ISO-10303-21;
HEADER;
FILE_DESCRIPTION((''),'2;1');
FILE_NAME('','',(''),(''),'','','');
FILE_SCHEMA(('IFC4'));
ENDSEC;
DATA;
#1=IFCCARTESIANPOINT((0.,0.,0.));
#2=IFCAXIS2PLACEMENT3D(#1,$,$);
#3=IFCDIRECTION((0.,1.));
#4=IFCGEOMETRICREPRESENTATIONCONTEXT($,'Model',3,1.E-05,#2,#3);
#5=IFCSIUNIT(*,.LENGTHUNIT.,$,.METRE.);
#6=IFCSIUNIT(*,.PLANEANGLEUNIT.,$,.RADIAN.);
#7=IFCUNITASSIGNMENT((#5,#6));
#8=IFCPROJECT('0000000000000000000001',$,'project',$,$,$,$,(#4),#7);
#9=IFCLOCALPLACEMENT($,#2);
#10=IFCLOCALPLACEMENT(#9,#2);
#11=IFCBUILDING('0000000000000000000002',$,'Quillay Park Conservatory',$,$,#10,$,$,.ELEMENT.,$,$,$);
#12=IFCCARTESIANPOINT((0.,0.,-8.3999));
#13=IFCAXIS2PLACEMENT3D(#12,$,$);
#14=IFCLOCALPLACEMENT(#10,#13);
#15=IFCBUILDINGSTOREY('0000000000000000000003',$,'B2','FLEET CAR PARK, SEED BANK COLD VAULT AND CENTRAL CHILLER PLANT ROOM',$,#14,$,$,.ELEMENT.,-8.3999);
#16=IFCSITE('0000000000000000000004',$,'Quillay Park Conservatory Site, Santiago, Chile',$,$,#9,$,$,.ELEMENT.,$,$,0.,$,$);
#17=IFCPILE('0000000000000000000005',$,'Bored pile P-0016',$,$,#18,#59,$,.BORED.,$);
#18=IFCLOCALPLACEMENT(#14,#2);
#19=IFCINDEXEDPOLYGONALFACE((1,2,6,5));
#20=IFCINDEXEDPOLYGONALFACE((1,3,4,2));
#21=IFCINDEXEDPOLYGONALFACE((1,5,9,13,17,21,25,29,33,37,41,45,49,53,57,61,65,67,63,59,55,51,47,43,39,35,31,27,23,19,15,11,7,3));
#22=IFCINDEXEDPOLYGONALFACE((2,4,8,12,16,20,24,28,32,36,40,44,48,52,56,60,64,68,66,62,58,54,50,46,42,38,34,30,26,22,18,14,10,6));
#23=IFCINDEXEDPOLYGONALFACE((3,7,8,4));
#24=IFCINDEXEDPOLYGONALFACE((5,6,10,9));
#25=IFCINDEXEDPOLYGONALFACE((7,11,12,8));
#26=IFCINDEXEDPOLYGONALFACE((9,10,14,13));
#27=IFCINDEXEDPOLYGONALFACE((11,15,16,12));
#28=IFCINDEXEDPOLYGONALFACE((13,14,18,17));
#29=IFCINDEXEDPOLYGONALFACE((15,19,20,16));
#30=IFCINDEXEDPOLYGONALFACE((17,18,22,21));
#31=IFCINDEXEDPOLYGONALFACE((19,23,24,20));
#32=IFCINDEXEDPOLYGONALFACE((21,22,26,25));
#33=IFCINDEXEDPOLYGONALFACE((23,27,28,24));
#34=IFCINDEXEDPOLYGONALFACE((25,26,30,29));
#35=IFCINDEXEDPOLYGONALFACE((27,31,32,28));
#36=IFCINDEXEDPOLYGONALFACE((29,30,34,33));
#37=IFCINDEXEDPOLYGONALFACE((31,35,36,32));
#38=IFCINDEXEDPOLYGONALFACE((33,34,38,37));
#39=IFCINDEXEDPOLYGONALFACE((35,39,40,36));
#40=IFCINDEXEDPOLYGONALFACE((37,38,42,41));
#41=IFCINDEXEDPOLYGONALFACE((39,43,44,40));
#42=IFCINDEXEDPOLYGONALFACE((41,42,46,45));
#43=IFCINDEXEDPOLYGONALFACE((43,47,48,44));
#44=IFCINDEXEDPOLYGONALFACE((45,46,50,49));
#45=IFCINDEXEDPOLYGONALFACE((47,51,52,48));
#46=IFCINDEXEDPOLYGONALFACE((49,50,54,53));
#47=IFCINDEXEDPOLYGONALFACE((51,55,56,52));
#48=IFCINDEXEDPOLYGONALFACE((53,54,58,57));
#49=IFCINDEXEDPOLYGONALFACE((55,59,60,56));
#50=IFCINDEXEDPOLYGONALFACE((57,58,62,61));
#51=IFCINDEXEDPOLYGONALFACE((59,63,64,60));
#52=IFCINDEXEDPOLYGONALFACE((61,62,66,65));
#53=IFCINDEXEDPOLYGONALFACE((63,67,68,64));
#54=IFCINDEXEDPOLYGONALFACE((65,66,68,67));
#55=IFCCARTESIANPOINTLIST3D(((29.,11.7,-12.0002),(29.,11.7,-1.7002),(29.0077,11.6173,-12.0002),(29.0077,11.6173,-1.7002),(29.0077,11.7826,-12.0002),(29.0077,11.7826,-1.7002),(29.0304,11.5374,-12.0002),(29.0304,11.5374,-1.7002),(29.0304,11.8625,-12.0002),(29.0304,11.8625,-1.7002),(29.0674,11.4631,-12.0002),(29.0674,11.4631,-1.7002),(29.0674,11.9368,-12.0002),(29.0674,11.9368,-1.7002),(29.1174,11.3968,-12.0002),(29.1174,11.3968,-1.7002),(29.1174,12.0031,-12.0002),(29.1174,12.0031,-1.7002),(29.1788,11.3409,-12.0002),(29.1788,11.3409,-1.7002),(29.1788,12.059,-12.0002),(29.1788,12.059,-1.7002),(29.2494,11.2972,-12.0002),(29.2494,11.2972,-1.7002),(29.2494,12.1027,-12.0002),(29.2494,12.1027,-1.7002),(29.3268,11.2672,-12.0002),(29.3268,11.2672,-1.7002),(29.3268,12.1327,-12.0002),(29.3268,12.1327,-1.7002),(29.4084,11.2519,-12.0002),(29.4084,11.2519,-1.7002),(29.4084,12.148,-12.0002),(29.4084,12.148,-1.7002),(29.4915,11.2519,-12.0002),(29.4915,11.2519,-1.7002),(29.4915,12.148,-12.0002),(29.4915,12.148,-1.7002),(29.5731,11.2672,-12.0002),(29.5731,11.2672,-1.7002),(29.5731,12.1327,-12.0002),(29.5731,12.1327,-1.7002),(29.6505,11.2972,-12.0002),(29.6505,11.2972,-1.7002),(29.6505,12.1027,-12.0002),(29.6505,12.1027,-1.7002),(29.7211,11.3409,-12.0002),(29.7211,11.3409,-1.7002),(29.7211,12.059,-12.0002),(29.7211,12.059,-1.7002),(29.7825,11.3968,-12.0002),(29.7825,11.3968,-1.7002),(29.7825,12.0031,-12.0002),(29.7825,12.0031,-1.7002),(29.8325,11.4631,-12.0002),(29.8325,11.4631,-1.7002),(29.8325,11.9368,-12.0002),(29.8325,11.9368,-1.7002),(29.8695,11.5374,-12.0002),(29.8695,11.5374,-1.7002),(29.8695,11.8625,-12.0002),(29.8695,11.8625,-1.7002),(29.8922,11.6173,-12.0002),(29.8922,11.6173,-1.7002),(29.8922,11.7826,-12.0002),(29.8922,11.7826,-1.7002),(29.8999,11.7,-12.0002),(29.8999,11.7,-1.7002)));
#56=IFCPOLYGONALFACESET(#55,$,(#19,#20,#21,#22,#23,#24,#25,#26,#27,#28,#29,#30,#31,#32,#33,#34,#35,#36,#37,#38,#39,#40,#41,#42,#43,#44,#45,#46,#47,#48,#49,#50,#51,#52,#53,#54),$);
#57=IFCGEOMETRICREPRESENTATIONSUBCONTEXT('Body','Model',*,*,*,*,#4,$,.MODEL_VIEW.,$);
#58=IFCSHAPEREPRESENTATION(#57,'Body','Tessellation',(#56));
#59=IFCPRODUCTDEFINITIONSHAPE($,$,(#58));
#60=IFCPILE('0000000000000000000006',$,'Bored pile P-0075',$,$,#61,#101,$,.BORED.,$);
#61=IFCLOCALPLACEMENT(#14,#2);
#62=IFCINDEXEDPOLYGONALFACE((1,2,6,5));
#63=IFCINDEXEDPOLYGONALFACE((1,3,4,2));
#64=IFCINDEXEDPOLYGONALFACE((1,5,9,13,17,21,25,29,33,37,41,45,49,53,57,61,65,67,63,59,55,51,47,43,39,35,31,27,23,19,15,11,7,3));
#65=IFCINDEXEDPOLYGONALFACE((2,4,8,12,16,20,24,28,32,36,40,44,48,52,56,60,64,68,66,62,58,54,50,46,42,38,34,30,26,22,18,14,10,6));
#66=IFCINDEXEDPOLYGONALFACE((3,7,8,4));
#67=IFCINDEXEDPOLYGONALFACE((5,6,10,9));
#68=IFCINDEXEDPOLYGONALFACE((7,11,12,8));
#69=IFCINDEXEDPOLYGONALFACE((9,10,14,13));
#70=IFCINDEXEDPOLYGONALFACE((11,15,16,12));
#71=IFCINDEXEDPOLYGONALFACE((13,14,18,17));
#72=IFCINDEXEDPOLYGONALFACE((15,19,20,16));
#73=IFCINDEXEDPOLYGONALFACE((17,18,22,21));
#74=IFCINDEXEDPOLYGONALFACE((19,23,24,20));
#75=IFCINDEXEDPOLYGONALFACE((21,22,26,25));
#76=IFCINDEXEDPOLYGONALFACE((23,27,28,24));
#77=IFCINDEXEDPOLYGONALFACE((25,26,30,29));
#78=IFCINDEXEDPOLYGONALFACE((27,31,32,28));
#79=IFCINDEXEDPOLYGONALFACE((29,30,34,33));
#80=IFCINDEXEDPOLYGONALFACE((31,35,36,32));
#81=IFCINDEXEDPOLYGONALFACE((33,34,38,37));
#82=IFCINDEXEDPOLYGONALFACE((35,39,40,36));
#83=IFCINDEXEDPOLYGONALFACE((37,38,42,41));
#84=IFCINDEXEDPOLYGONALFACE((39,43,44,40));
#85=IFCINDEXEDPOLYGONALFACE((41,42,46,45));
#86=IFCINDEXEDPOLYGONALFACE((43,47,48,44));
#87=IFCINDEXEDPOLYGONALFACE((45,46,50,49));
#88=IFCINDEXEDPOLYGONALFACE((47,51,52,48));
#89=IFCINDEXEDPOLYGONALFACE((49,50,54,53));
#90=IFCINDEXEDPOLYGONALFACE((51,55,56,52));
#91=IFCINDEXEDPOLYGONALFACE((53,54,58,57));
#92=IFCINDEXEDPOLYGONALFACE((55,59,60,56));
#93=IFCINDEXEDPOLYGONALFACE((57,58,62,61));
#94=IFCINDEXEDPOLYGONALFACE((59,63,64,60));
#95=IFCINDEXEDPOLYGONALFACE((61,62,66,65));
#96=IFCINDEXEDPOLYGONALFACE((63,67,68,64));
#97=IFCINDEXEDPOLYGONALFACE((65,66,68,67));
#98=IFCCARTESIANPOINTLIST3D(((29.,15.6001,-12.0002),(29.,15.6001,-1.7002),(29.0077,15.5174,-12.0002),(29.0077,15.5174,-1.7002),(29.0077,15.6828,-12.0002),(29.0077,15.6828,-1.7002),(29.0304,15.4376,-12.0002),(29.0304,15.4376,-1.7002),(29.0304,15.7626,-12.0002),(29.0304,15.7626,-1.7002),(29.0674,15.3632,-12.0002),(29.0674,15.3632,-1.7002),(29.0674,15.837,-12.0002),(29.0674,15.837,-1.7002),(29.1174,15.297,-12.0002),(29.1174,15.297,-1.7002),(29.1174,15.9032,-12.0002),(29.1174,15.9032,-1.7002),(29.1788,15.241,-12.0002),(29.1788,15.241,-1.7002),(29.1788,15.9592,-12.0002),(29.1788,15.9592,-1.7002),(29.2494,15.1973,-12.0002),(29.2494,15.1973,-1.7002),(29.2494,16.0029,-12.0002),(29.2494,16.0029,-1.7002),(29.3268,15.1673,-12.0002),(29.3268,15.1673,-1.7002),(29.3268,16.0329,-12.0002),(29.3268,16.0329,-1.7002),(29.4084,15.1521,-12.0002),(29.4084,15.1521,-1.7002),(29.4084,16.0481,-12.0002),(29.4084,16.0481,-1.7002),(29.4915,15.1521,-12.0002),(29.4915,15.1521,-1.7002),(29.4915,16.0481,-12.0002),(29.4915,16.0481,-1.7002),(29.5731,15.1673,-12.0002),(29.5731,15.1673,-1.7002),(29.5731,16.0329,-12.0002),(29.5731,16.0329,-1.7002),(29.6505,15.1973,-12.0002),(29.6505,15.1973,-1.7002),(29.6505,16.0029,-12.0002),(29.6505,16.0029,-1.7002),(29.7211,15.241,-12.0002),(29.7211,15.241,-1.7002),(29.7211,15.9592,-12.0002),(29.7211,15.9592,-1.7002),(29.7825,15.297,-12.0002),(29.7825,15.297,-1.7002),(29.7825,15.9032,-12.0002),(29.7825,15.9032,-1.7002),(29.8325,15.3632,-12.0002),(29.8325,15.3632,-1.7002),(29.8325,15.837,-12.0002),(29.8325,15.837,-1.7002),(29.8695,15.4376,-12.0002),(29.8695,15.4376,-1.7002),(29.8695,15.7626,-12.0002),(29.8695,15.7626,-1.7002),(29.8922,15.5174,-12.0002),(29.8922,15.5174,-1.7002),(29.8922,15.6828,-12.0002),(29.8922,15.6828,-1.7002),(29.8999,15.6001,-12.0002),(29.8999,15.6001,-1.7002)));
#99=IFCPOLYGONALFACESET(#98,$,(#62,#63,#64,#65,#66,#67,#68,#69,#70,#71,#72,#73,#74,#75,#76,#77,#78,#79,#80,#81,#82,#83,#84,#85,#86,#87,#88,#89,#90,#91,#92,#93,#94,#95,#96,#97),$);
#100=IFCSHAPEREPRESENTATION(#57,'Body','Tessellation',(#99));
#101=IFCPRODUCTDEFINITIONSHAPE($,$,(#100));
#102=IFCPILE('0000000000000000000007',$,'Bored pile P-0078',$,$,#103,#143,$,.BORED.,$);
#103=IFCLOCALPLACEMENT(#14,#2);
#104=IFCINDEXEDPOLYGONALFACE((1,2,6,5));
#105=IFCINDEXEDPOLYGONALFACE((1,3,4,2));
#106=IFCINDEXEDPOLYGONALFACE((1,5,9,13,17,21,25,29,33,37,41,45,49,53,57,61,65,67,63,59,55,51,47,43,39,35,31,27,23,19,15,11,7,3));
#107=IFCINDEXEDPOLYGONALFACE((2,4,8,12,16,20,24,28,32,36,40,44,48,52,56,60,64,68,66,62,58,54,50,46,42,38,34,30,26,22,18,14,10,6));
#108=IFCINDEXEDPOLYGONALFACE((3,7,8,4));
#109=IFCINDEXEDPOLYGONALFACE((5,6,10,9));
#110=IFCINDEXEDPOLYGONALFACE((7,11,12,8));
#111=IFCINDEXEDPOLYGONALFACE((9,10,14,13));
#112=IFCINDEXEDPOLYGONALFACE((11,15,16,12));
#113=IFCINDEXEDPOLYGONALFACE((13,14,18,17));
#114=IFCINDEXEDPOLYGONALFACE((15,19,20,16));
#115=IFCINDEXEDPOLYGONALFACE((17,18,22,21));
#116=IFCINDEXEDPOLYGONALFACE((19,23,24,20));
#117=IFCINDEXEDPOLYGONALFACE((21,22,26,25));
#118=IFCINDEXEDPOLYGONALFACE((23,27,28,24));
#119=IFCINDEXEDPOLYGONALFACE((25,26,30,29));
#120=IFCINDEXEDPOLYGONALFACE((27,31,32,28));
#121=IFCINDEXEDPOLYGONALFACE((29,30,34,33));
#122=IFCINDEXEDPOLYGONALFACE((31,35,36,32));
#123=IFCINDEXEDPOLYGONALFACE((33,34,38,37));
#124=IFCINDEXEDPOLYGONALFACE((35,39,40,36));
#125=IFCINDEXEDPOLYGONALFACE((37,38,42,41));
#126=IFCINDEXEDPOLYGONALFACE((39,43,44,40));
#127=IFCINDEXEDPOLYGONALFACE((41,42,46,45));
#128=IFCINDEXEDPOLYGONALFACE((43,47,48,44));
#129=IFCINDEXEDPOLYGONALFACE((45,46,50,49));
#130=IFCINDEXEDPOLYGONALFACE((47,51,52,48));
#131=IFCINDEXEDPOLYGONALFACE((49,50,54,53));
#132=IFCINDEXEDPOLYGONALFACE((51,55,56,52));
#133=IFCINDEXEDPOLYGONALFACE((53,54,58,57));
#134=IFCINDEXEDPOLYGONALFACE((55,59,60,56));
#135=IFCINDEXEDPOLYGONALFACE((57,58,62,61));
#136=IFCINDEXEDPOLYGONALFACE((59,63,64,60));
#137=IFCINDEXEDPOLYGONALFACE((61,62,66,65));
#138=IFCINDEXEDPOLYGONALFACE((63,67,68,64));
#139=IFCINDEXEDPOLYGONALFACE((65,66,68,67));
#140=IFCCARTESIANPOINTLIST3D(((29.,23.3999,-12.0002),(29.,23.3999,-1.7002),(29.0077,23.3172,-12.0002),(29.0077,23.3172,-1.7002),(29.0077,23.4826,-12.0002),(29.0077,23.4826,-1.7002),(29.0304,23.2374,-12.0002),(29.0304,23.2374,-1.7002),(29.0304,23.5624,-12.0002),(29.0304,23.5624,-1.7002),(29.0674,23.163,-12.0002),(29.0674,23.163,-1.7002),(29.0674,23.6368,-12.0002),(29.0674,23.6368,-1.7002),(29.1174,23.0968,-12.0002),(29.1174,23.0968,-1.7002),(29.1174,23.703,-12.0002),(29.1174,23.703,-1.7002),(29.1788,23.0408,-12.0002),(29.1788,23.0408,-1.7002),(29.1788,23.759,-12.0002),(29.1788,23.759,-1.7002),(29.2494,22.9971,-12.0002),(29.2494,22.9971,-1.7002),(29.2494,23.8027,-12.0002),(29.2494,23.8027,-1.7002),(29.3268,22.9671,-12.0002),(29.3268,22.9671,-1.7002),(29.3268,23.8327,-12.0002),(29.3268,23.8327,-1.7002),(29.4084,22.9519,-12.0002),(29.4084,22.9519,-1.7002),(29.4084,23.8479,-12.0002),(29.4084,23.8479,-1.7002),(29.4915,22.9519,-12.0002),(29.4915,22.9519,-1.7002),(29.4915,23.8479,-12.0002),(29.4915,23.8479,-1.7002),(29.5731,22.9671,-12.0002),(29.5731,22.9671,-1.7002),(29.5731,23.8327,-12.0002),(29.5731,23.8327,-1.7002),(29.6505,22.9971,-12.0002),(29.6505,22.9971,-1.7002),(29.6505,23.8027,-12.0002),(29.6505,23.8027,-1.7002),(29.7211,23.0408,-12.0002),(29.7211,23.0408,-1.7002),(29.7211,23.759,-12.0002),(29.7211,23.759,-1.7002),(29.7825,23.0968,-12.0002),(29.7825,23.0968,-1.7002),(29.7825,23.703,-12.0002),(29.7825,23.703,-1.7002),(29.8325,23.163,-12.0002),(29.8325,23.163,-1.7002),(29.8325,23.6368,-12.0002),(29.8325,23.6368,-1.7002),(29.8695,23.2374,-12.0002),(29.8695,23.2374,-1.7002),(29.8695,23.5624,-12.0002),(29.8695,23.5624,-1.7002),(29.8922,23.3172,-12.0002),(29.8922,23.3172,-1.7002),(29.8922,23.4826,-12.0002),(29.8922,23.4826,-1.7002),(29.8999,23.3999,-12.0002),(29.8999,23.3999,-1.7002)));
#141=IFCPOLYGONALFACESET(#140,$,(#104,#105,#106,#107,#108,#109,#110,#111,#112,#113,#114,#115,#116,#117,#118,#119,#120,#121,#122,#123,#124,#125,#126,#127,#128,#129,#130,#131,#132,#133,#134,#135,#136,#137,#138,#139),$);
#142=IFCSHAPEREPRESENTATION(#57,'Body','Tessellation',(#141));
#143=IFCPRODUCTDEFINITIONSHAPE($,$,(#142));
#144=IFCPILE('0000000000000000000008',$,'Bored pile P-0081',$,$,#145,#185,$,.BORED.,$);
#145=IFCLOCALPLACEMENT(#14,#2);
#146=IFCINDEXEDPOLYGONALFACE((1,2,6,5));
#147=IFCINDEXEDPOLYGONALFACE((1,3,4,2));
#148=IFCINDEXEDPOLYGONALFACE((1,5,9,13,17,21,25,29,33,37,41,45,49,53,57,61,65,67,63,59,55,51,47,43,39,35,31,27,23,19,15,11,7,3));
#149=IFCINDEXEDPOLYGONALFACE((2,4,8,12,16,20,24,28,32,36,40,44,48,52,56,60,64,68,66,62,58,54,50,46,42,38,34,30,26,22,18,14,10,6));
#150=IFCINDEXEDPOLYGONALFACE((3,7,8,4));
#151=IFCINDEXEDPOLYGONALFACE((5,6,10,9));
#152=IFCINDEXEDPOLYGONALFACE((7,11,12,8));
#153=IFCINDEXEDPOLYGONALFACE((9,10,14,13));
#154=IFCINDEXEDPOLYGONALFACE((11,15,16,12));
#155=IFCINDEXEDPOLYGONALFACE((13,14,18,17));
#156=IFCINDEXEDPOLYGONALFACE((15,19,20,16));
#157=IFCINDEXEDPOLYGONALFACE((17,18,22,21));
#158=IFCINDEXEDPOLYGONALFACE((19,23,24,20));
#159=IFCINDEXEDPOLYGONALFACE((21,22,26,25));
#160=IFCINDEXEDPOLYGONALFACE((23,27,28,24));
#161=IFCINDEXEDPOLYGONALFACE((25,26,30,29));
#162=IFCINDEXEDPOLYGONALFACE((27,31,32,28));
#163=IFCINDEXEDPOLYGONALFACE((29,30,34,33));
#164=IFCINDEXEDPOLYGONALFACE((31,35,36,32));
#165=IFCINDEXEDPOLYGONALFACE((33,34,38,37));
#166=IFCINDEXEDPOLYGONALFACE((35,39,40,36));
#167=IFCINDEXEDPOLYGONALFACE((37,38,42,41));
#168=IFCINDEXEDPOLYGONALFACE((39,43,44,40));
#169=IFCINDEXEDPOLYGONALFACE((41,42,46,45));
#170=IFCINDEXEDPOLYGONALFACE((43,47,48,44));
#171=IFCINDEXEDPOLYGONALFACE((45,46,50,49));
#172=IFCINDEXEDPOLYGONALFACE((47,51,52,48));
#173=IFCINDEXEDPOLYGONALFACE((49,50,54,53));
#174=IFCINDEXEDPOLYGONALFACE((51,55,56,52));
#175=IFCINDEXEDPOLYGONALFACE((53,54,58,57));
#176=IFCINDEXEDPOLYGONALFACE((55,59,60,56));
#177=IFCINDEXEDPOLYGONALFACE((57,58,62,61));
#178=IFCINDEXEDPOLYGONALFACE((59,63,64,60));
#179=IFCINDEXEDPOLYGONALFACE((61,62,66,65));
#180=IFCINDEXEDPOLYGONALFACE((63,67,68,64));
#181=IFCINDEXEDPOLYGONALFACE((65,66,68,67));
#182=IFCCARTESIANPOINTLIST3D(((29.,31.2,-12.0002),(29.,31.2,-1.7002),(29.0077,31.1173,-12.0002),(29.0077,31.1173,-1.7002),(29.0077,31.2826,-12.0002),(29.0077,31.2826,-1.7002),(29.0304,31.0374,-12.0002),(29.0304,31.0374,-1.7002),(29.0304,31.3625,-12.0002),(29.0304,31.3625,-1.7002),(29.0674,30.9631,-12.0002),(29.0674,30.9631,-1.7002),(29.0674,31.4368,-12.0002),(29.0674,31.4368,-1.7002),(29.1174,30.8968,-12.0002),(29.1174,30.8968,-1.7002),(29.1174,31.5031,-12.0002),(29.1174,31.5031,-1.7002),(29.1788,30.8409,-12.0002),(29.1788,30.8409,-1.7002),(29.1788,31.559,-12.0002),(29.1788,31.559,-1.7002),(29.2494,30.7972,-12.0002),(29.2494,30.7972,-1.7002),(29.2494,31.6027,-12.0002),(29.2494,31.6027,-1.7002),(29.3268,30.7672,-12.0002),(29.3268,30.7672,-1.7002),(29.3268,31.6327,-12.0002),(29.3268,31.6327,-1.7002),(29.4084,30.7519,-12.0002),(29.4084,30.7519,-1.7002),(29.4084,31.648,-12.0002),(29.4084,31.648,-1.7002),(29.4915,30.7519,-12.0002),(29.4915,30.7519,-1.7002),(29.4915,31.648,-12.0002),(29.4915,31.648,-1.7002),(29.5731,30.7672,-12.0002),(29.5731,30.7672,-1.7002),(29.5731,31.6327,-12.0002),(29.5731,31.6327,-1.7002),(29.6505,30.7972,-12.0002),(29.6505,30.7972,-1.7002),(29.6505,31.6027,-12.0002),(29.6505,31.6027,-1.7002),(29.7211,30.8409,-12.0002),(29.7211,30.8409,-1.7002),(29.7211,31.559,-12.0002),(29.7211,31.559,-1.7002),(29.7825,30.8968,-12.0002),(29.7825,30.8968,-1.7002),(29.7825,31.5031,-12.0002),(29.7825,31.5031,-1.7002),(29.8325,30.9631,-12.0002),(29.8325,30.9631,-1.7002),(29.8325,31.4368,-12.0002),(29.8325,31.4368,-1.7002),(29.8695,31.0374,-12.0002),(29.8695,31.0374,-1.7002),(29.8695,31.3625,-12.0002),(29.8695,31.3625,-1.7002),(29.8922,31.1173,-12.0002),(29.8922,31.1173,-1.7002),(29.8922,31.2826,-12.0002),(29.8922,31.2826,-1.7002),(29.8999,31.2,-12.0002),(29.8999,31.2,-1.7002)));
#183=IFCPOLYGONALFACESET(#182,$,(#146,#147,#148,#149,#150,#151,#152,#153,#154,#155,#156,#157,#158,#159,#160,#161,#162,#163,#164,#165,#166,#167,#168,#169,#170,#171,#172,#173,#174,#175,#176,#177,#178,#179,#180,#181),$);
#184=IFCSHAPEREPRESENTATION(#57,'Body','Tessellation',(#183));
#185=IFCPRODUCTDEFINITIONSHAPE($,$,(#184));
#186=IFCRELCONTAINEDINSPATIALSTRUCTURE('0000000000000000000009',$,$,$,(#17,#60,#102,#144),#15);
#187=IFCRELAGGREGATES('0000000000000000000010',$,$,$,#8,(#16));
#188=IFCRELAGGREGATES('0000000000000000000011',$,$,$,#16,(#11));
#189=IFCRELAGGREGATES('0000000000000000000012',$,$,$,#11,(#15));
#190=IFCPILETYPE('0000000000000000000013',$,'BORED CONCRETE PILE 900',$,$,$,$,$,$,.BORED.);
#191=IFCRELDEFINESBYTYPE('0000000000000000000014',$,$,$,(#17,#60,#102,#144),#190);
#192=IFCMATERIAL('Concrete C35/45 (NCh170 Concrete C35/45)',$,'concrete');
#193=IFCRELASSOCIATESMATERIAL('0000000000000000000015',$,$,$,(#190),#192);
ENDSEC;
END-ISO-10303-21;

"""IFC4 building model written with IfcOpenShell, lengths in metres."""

from ifc_helpers import new_model, si_unit, direction, frame, origin, origin_2d, place, context, subcontext, project, spatial, circle, extrude, material, material_profile, profile_set, type_object, element, save


model = new_model("IFC4")

# Units and contexts
model_context = context("Model", 3, precision=1e-05, world=origin(), true_north=direction((0.0, 1.0)))
body_context = subcontext(model_context, "Body", "Model", "MODEL_VIEW")
ifc_project = project(units=[si_unit("LENGTHUNIT", "METRE"), si_unit("PLANEANGLEUNIT", "RADIAN")], contexts=[model_context])

# Site, building, storey
site_placement = place(None, origin())
site = spatial("IfcSite", under=ifc_project, at=site_placement, Name="Quillay Park Conservatory Site, Santiago, Chile", CompositionType="ELEMENT", RefElevation=0.0)
building_placement = place(site_placement, origin())
building = spatial("IfcBuilding", under=site, at=building_placement, Name="Quillay Park Conservatory", CompositionType="ELEMENT")
storey_placement = place(building_placement, frame((0.0, 0.0, -8.3999)))
storey = spatial("IfcBuildingStorey", under=building, at=storey_placement, Name="B2", Description="FLEET CAR PARK, SEED BANK COLD VAULT AND CENTRAL CHILLER PLANT ROOM", CompositionType="ELEMENT", Elevation=-8.3999)

# Piles
ifc_material_1 = material(Name="Concrete C35/45 (NCh170 Concrete C35/45)", Category="concrete")
ifc_material_profile_1 = material_profile(ifc_material_1, circle(Radius=0.45, at=origin_2d()), Name="PILE900")
ifc_profile_set_1 = profile_set([ifc_material_profile_1], Name="Concrete C35/45 (NCh170 Concrete C35/45)")
pile_type_1 = type_object("IfcPileType", Name="BORED CONCRETE PILE 900", PredefinedType="BORED", material=ifc_profile_set_1)
for number, where, z_axis, x_axis, name in (
    (1, (29.45, 11.7, -1.7002), (0.0, 0.0, -1.0), (1.0, 0.0, 0.0), "Bored pile P-0016"),
    (2, (29.45, 15.6001, -1.7002), (0.0, 0.0, -1.0), (1.0, 0.0, 0.0), "Bored pile P-0075"),
    (3, (29.45, 23.3999, -1.7002), (0.0, 0.0, -1.0), (1.0, 0.0, 0.0), "Bored pile P-0078"),
    (4, (29.45, 31.2, -1.7002), (0.0, 0.0, -1.0), (1.0, 0.0, 0.0), "Bored pile P-0081"),
):
    element("IfcPile", number, at=place(storey_placement, frame(where, z_axis=z_axis, x_axis=x_axis)), inside=storey, type_object=pile_type_1, Name=name, PredefinedType="BORED", context=body_context, shape_type="SweptSolid", body=[
        extrude(circle(Radius=0.45, at=origin_2d()), origin(), (0.0, 0.0, 1.0), 10.3),
    ])

save(model, "model.ifc")
